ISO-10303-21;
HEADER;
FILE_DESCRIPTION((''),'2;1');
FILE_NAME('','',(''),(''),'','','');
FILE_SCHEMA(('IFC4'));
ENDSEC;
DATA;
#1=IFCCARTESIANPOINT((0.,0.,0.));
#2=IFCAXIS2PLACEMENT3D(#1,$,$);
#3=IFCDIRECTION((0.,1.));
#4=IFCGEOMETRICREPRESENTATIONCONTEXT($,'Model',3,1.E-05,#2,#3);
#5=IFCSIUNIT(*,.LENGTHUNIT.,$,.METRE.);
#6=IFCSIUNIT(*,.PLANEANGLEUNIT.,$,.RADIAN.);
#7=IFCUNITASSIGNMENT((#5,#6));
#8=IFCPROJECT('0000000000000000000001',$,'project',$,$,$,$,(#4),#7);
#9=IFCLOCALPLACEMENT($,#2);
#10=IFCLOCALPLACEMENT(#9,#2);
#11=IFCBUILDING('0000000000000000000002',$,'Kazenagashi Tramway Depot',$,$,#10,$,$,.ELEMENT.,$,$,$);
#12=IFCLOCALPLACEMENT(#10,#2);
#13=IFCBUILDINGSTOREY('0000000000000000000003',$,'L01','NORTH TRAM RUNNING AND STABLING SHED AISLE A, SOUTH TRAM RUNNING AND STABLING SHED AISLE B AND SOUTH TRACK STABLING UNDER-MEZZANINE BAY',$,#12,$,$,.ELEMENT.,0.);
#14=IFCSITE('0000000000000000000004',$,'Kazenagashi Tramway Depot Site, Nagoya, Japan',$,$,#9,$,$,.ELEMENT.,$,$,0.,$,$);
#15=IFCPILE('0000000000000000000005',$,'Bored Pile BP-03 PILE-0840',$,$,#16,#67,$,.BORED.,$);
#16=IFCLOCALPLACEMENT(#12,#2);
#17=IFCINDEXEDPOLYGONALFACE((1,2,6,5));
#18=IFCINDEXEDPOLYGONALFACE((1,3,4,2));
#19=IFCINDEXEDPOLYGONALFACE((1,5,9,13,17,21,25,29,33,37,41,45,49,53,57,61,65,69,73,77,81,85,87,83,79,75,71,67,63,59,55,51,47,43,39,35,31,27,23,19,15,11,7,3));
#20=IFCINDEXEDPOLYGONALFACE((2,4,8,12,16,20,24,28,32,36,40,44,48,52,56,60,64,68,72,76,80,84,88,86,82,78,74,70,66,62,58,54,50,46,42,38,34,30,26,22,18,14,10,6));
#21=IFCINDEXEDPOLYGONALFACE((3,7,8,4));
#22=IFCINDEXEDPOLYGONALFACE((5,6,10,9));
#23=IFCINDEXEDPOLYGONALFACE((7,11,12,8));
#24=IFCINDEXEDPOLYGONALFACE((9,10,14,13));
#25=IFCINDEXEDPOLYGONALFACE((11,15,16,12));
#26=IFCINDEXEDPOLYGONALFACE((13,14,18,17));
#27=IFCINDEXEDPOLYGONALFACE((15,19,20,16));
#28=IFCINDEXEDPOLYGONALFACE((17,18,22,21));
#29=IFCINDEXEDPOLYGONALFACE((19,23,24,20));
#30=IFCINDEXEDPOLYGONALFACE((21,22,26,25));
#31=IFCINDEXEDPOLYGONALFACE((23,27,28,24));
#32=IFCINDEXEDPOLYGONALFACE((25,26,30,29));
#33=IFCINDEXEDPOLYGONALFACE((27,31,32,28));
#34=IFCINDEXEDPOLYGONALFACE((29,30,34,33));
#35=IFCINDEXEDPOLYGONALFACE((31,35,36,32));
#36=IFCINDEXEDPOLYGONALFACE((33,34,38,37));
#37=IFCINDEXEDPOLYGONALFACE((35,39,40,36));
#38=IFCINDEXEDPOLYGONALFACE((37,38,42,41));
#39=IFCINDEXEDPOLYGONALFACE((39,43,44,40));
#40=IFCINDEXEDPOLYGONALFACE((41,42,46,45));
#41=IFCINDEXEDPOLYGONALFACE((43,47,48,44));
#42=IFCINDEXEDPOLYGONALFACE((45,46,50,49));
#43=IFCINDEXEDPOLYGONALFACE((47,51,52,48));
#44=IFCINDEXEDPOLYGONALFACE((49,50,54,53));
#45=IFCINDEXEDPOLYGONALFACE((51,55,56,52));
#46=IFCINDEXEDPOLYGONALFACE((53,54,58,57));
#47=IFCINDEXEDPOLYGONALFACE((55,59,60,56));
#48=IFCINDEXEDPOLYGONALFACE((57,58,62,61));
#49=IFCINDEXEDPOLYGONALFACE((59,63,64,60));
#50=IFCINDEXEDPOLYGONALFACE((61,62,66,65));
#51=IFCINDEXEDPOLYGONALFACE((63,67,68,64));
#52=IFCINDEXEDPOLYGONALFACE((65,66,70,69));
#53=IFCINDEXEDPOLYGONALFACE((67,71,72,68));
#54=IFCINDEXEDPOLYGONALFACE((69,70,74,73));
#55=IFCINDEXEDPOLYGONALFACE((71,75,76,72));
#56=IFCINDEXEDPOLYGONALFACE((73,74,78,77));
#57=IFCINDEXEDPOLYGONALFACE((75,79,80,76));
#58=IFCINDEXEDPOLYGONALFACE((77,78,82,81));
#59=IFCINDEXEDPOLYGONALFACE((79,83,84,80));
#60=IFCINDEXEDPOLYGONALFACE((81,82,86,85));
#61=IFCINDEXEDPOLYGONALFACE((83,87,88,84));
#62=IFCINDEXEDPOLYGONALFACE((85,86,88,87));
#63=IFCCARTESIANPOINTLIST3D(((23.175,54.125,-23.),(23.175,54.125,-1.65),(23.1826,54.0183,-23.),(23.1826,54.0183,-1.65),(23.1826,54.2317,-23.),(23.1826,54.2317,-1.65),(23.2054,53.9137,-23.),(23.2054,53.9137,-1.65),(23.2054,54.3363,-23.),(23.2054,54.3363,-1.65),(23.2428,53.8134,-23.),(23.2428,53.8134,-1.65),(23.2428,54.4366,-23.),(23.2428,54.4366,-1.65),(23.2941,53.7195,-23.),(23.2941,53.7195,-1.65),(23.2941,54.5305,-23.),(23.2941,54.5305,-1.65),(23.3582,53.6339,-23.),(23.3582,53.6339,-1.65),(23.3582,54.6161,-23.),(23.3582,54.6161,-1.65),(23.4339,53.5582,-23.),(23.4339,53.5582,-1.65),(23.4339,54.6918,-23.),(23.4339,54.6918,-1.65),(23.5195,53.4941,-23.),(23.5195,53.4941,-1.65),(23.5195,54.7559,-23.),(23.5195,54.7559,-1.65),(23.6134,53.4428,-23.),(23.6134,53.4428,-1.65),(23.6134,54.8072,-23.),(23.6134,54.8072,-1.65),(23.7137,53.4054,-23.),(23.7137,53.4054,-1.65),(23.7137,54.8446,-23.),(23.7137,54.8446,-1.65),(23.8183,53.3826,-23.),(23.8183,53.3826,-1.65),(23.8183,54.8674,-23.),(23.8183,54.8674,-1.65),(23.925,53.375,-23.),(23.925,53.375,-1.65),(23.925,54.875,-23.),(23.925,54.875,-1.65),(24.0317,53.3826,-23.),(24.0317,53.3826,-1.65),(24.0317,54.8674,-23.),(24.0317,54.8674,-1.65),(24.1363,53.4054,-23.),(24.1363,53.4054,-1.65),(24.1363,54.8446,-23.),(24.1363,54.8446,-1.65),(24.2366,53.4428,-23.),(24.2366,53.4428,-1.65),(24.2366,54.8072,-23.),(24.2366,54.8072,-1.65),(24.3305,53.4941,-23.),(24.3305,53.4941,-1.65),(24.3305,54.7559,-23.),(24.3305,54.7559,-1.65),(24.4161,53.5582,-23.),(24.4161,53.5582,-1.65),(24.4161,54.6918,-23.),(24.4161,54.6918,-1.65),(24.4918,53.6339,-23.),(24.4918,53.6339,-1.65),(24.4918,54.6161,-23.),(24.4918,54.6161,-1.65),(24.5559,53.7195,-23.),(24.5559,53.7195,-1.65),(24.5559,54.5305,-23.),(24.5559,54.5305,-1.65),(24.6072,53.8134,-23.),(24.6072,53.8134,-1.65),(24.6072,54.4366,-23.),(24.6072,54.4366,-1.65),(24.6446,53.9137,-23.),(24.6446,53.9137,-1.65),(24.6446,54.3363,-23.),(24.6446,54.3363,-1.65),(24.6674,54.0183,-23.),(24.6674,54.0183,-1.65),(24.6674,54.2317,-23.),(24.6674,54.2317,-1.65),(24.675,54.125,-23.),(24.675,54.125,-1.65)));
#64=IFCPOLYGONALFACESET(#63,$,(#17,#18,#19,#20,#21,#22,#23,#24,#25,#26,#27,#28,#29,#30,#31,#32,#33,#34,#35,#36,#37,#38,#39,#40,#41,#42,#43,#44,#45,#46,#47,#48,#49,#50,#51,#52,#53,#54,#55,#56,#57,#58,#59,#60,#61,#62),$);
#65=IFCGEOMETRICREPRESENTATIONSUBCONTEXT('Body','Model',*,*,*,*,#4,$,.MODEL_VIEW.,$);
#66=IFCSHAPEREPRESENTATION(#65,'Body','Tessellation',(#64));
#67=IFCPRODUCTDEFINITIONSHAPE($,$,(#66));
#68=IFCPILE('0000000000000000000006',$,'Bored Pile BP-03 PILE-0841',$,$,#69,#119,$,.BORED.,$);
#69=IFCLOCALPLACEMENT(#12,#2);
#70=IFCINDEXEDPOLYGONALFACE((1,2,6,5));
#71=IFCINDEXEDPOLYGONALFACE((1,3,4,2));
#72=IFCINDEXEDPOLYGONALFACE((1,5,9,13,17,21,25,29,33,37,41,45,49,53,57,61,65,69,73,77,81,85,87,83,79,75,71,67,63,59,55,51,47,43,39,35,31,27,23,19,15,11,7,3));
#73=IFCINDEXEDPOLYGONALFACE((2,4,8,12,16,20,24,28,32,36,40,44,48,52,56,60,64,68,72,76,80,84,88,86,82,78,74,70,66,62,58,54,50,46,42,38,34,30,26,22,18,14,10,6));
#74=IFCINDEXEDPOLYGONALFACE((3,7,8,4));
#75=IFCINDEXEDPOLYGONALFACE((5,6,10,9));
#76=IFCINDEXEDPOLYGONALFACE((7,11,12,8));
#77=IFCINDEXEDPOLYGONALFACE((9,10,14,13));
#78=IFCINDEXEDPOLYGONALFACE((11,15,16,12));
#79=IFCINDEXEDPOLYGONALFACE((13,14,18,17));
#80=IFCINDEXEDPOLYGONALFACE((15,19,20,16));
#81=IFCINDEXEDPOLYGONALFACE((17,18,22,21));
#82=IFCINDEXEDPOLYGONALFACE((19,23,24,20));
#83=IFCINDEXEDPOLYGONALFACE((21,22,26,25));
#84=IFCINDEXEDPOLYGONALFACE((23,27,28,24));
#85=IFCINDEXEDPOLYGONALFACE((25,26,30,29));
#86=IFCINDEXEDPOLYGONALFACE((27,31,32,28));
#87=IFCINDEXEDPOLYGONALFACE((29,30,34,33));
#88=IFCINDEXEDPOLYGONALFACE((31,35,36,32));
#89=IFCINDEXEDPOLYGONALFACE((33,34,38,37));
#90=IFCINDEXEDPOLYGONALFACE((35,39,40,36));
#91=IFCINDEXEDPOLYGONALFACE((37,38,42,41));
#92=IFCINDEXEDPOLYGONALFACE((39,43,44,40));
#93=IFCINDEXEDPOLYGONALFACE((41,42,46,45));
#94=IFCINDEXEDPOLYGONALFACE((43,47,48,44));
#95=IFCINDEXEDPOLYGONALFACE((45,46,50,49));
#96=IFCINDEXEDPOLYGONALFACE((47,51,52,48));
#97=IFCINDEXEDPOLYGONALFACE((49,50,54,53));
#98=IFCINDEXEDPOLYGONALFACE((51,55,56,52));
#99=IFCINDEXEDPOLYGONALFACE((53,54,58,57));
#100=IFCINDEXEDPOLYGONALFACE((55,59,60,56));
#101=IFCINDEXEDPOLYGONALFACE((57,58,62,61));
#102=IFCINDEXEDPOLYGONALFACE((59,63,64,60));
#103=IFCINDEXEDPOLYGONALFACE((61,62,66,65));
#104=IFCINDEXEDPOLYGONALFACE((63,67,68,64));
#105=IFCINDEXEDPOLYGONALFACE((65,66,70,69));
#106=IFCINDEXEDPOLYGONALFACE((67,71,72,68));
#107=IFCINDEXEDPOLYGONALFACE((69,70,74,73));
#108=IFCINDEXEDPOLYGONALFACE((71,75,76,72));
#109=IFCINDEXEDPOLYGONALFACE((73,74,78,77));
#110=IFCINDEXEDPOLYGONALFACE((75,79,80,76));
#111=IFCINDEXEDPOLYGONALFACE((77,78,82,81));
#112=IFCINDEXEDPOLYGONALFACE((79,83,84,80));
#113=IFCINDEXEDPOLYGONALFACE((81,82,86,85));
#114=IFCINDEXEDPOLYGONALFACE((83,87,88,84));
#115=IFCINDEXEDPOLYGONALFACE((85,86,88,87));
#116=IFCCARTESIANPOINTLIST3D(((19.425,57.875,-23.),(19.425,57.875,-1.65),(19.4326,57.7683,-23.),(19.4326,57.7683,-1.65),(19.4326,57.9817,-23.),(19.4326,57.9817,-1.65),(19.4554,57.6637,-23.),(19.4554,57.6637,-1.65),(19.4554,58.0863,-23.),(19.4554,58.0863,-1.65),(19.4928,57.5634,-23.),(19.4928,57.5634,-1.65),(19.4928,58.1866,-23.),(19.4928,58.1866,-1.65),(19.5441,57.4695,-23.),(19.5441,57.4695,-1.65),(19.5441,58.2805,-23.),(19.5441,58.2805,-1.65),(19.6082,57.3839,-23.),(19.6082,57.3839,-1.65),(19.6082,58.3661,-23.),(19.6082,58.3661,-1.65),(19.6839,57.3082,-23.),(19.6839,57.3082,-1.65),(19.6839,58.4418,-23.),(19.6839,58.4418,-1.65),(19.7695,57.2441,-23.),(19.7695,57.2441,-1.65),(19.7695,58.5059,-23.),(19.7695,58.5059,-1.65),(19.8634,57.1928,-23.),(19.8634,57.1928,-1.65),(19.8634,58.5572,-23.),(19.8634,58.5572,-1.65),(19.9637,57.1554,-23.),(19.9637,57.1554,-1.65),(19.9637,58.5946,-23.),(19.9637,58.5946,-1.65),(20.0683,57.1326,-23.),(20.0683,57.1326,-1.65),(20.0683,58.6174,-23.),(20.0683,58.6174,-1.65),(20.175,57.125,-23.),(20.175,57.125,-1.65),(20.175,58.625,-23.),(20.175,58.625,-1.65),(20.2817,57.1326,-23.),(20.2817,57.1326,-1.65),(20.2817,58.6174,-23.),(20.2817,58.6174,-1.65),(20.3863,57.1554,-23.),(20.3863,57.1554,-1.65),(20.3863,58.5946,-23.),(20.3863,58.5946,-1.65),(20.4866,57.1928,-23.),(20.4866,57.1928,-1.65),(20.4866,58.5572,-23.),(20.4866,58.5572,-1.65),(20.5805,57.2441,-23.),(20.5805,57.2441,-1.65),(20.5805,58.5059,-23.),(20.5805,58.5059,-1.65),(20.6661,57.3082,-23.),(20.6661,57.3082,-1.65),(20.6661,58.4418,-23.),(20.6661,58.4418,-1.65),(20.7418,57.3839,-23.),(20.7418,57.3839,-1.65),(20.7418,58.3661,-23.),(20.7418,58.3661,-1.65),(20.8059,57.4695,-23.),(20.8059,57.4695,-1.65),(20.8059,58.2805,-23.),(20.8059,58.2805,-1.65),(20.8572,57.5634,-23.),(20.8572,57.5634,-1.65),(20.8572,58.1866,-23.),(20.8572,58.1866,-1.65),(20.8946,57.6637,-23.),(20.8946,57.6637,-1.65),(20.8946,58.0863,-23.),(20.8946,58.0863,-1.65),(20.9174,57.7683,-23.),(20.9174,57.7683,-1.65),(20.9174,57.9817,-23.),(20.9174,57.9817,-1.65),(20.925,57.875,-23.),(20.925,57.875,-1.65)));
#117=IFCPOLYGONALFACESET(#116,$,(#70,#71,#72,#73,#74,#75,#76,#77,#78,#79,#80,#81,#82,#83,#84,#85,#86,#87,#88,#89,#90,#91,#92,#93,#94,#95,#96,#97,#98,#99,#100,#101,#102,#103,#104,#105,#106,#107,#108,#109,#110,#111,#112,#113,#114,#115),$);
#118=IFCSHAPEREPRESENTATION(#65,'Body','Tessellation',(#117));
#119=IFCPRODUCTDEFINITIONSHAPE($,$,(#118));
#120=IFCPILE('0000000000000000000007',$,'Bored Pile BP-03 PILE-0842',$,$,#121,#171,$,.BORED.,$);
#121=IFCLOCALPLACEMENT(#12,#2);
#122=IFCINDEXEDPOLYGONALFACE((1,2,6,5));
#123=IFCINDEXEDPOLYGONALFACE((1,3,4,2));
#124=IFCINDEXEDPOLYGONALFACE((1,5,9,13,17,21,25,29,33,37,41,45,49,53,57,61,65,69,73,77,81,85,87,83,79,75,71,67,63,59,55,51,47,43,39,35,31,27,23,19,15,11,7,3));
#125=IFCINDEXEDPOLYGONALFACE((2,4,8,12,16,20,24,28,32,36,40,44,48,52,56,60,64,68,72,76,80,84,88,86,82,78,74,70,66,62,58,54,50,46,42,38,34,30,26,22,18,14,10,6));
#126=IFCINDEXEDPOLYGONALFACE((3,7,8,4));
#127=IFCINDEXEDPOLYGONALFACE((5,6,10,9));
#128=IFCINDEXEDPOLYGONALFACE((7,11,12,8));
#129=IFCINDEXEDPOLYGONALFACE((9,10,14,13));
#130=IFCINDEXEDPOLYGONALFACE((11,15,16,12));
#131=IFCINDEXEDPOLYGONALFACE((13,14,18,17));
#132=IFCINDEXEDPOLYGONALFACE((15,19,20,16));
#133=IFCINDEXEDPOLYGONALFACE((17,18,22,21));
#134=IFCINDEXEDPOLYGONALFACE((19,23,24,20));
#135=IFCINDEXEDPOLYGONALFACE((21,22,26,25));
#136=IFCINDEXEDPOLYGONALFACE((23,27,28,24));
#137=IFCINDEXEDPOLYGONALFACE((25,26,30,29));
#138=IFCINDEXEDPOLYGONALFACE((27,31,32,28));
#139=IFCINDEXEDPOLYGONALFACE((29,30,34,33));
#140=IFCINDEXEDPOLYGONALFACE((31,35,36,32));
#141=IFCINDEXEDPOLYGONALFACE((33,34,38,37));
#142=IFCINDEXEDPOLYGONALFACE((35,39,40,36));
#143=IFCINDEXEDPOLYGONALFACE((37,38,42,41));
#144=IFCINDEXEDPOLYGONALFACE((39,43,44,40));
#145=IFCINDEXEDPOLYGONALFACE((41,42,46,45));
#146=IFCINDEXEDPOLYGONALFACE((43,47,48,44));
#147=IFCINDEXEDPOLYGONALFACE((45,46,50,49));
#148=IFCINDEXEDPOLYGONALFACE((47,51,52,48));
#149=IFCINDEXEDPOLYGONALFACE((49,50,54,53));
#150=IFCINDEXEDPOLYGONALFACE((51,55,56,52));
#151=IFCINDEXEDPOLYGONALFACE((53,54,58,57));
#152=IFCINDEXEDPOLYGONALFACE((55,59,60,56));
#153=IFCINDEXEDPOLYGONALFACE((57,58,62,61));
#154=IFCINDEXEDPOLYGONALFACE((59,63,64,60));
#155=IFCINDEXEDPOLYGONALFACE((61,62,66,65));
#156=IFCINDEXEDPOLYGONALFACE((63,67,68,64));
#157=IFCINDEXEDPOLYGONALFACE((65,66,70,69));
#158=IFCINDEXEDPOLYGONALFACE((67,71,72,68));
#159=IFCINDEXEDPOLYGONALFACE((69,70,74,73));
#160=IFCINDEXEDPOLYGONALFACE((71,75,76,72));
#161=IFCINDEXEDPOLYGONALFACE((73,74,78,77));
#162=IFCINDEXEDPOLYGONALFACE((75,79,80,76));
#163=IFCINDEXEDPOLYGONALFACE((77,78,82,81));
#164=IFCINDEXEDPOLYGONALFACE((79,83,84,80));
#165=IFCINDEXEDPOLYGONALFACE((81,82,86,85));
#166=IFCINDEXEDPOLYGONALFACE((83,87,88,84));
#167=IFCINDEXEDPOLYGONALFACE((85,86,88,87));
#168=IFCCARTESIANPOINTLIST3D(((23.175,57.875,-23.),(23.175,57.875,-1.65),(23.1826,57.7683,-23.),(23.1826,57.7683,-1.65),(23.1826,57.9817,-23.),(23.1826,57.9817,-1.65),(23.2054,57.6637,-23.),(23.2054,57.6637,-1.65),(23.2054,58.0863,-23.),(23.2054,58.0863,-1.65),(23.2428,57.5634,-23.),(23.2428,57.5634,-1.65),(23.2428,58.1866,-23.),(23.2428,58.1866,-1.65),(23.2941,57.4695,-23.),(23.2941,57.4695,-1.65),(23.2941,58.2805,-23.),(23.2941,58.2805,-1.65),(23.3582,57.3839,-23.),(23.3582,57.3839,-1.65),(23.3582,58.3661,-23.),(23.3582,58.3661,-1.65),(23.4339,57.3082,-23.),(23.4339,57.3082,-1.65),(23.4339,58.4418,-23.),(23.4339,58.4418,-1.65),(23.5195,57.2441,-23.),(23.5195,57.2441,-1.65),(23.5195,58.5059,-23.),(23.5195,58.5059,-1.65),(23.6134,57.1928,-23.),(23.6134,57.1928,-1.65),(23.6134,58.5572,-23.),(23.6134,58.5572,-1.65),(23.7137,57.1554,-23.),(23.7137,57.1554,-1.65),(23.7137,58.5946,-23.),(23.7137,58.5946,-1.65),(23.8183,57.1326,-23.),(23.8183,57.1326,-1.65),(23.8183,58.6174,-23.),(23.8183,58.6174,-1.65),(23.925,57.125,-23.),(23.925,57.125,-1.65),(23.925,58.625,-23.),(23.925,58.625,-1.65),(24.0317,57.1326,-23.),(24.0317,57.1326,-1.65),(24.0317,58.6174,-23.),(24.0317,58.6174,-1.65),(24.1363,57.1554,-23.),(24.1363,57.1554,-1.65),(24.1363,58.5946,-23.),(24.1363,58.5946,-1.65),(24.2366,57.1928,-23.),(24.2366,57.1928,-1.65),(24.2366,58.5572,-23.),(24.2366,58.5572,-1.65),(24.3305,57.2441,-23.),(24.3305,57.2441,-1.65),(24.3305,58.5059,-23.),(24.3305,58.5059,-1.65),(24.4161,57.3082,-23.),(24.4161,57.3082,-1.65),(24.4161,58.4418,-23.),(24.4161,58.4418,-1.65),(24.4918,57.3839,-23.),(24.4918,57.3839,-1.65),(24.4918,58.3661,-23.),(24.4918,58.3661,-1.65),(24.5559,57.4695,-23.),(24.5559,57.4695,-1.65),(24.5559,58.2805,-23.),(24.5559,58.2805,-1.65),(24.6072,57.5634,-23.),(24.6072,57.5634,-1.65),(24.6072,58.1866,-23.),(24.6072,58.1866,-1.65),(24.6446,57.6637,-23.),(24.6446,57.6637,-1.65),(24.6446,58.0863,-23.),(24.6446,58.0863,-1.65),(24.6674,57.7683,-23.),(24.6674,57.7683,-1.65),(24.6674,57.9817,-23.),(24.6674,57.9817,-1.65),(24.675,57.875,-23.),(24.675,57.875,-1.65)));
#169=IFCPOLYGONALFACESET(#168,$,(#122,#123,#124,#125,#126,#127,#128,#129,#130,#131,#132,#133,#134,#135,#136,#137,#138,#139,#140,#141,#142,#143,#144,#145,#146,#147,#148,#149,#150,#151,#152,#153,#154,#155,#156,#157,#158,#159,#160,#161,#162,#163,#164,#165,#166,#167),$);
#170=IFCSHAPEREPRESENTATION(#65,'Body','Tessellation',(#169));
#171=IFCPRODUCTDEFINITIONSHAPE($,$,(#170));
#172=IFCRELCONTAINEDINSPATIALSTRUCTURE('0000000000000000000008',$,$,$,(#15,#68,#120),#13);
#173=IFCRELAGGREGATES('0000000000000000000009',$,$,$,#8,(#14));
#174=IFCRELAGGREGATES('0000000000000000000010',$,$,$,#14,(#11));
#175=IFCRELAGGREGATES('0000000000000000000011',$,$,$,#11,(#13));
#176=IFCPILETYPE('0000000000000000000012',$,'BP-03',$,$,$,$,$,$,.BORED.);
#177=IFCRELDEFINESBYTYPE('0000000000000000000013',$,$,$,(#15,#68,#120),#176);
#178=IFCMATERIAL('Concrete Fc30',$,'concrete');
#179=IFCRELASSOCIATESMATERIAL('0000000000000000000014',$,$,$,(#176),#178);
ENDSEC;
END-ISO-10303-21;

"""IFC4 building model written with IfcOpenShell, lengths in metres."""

from ifc_helpers import new_model, si_unit, direction, frame, origin, origin_2d, place, context, subcontext, project, spatial, circle, extrude, material, material_profile, profile_set, type_object, element, save


model = new_model("IFC4")

# Units and contexts
model_context = context("Model", 3, precision=1e-05, world=origin(), true_north=direction((0.0, 1.0)))
body_context = subcontext(model_context, "Body", "Model", "MODEL_VIEW")
ifc_project = project(units=[si_unit("LENGTHUNIT", "METRE"), si_unit("PLANEANGLEUNIT", "RADIAN")], contexts=[model_context])

# Site, building, storey
site_placement = place(None, origin())
site = spatial("IfcSite", under=ifc_project, at=site_placement, Name="Kazenagashi Tramway Depot Site, Nagoya, Japan", CompositionType="ELEMENT", RefElevation=0.0)
building_placement = place(site_placement, origin())
building = spatial("IfcBuilding", under=site, at=building_placement, Name="Kazenagashi Tramway Depot", CompositionType="ELEMENT")
storey_placement = place(building_placement, origin())
storey = spatial("IfcBuildingStorey", under=building, at=storey_placement, Name="L01", Description="NORTH TRAM RUNNING AND STABLING SHED AISLE A, SOUTH TRAM RUNNING AND STABLING SHED AISLE B AND SOUTH TRACK STABLING UNDER-MEZZANINE BAY", CompositionType="ELEMENT", Elevation=0.0)

# Piles
ifc_material_1 = material(Name="Concrete Fc30", Category="concrete")
ifc_material_profile_1 = material_profile(ifc_material_1, circle(Radius=0.75, at=origin_2d()), Name="PILE-1500")
ifc_profile_set_1 = profile_set([ifc_material_profile_1], Name="Concrete Fc30")
pile_type = type_object("IfcPileType", Name="BP-03", PredefinedType="BORED", material=ifc_profile_set_1)
for number, where, z_axis, x_axis, name in (
    (1, (23.925, 54.125, -1.65), (0.0, 0.0, -1.0), (1.0, 0.0, 0.0), "Bored Pile BP-03 PILE-0840"),
    (2, (20.175, 57.875, -1.65), (0.0, 0.0, -1.0), (1.0, 0.0, 0.0), "Bored Pile BP-03 PILE-0841"),
    (3, (23.925, 57.875, -1.65), (0.0, 0.0, -1.0), (1.0, 0.0, 0.0), "Bored Pile BP-03 PILE-0842"),
):
    element("IfcPile", number, at=place(storey_placement, frame(where, z_axis=z_axis, x_axis=x_axis)), inside=storey, type_object=pile_type, Name=name, PredefinedType="BORED", context=body_context, shape_type="SweptSolid", body=[
        extrude(circle(Radius=0.75, at=origin_2d()), origin(), (0.0, 0.0, 1.0), 21.35),
    ])

save(model, "model.ifc")
